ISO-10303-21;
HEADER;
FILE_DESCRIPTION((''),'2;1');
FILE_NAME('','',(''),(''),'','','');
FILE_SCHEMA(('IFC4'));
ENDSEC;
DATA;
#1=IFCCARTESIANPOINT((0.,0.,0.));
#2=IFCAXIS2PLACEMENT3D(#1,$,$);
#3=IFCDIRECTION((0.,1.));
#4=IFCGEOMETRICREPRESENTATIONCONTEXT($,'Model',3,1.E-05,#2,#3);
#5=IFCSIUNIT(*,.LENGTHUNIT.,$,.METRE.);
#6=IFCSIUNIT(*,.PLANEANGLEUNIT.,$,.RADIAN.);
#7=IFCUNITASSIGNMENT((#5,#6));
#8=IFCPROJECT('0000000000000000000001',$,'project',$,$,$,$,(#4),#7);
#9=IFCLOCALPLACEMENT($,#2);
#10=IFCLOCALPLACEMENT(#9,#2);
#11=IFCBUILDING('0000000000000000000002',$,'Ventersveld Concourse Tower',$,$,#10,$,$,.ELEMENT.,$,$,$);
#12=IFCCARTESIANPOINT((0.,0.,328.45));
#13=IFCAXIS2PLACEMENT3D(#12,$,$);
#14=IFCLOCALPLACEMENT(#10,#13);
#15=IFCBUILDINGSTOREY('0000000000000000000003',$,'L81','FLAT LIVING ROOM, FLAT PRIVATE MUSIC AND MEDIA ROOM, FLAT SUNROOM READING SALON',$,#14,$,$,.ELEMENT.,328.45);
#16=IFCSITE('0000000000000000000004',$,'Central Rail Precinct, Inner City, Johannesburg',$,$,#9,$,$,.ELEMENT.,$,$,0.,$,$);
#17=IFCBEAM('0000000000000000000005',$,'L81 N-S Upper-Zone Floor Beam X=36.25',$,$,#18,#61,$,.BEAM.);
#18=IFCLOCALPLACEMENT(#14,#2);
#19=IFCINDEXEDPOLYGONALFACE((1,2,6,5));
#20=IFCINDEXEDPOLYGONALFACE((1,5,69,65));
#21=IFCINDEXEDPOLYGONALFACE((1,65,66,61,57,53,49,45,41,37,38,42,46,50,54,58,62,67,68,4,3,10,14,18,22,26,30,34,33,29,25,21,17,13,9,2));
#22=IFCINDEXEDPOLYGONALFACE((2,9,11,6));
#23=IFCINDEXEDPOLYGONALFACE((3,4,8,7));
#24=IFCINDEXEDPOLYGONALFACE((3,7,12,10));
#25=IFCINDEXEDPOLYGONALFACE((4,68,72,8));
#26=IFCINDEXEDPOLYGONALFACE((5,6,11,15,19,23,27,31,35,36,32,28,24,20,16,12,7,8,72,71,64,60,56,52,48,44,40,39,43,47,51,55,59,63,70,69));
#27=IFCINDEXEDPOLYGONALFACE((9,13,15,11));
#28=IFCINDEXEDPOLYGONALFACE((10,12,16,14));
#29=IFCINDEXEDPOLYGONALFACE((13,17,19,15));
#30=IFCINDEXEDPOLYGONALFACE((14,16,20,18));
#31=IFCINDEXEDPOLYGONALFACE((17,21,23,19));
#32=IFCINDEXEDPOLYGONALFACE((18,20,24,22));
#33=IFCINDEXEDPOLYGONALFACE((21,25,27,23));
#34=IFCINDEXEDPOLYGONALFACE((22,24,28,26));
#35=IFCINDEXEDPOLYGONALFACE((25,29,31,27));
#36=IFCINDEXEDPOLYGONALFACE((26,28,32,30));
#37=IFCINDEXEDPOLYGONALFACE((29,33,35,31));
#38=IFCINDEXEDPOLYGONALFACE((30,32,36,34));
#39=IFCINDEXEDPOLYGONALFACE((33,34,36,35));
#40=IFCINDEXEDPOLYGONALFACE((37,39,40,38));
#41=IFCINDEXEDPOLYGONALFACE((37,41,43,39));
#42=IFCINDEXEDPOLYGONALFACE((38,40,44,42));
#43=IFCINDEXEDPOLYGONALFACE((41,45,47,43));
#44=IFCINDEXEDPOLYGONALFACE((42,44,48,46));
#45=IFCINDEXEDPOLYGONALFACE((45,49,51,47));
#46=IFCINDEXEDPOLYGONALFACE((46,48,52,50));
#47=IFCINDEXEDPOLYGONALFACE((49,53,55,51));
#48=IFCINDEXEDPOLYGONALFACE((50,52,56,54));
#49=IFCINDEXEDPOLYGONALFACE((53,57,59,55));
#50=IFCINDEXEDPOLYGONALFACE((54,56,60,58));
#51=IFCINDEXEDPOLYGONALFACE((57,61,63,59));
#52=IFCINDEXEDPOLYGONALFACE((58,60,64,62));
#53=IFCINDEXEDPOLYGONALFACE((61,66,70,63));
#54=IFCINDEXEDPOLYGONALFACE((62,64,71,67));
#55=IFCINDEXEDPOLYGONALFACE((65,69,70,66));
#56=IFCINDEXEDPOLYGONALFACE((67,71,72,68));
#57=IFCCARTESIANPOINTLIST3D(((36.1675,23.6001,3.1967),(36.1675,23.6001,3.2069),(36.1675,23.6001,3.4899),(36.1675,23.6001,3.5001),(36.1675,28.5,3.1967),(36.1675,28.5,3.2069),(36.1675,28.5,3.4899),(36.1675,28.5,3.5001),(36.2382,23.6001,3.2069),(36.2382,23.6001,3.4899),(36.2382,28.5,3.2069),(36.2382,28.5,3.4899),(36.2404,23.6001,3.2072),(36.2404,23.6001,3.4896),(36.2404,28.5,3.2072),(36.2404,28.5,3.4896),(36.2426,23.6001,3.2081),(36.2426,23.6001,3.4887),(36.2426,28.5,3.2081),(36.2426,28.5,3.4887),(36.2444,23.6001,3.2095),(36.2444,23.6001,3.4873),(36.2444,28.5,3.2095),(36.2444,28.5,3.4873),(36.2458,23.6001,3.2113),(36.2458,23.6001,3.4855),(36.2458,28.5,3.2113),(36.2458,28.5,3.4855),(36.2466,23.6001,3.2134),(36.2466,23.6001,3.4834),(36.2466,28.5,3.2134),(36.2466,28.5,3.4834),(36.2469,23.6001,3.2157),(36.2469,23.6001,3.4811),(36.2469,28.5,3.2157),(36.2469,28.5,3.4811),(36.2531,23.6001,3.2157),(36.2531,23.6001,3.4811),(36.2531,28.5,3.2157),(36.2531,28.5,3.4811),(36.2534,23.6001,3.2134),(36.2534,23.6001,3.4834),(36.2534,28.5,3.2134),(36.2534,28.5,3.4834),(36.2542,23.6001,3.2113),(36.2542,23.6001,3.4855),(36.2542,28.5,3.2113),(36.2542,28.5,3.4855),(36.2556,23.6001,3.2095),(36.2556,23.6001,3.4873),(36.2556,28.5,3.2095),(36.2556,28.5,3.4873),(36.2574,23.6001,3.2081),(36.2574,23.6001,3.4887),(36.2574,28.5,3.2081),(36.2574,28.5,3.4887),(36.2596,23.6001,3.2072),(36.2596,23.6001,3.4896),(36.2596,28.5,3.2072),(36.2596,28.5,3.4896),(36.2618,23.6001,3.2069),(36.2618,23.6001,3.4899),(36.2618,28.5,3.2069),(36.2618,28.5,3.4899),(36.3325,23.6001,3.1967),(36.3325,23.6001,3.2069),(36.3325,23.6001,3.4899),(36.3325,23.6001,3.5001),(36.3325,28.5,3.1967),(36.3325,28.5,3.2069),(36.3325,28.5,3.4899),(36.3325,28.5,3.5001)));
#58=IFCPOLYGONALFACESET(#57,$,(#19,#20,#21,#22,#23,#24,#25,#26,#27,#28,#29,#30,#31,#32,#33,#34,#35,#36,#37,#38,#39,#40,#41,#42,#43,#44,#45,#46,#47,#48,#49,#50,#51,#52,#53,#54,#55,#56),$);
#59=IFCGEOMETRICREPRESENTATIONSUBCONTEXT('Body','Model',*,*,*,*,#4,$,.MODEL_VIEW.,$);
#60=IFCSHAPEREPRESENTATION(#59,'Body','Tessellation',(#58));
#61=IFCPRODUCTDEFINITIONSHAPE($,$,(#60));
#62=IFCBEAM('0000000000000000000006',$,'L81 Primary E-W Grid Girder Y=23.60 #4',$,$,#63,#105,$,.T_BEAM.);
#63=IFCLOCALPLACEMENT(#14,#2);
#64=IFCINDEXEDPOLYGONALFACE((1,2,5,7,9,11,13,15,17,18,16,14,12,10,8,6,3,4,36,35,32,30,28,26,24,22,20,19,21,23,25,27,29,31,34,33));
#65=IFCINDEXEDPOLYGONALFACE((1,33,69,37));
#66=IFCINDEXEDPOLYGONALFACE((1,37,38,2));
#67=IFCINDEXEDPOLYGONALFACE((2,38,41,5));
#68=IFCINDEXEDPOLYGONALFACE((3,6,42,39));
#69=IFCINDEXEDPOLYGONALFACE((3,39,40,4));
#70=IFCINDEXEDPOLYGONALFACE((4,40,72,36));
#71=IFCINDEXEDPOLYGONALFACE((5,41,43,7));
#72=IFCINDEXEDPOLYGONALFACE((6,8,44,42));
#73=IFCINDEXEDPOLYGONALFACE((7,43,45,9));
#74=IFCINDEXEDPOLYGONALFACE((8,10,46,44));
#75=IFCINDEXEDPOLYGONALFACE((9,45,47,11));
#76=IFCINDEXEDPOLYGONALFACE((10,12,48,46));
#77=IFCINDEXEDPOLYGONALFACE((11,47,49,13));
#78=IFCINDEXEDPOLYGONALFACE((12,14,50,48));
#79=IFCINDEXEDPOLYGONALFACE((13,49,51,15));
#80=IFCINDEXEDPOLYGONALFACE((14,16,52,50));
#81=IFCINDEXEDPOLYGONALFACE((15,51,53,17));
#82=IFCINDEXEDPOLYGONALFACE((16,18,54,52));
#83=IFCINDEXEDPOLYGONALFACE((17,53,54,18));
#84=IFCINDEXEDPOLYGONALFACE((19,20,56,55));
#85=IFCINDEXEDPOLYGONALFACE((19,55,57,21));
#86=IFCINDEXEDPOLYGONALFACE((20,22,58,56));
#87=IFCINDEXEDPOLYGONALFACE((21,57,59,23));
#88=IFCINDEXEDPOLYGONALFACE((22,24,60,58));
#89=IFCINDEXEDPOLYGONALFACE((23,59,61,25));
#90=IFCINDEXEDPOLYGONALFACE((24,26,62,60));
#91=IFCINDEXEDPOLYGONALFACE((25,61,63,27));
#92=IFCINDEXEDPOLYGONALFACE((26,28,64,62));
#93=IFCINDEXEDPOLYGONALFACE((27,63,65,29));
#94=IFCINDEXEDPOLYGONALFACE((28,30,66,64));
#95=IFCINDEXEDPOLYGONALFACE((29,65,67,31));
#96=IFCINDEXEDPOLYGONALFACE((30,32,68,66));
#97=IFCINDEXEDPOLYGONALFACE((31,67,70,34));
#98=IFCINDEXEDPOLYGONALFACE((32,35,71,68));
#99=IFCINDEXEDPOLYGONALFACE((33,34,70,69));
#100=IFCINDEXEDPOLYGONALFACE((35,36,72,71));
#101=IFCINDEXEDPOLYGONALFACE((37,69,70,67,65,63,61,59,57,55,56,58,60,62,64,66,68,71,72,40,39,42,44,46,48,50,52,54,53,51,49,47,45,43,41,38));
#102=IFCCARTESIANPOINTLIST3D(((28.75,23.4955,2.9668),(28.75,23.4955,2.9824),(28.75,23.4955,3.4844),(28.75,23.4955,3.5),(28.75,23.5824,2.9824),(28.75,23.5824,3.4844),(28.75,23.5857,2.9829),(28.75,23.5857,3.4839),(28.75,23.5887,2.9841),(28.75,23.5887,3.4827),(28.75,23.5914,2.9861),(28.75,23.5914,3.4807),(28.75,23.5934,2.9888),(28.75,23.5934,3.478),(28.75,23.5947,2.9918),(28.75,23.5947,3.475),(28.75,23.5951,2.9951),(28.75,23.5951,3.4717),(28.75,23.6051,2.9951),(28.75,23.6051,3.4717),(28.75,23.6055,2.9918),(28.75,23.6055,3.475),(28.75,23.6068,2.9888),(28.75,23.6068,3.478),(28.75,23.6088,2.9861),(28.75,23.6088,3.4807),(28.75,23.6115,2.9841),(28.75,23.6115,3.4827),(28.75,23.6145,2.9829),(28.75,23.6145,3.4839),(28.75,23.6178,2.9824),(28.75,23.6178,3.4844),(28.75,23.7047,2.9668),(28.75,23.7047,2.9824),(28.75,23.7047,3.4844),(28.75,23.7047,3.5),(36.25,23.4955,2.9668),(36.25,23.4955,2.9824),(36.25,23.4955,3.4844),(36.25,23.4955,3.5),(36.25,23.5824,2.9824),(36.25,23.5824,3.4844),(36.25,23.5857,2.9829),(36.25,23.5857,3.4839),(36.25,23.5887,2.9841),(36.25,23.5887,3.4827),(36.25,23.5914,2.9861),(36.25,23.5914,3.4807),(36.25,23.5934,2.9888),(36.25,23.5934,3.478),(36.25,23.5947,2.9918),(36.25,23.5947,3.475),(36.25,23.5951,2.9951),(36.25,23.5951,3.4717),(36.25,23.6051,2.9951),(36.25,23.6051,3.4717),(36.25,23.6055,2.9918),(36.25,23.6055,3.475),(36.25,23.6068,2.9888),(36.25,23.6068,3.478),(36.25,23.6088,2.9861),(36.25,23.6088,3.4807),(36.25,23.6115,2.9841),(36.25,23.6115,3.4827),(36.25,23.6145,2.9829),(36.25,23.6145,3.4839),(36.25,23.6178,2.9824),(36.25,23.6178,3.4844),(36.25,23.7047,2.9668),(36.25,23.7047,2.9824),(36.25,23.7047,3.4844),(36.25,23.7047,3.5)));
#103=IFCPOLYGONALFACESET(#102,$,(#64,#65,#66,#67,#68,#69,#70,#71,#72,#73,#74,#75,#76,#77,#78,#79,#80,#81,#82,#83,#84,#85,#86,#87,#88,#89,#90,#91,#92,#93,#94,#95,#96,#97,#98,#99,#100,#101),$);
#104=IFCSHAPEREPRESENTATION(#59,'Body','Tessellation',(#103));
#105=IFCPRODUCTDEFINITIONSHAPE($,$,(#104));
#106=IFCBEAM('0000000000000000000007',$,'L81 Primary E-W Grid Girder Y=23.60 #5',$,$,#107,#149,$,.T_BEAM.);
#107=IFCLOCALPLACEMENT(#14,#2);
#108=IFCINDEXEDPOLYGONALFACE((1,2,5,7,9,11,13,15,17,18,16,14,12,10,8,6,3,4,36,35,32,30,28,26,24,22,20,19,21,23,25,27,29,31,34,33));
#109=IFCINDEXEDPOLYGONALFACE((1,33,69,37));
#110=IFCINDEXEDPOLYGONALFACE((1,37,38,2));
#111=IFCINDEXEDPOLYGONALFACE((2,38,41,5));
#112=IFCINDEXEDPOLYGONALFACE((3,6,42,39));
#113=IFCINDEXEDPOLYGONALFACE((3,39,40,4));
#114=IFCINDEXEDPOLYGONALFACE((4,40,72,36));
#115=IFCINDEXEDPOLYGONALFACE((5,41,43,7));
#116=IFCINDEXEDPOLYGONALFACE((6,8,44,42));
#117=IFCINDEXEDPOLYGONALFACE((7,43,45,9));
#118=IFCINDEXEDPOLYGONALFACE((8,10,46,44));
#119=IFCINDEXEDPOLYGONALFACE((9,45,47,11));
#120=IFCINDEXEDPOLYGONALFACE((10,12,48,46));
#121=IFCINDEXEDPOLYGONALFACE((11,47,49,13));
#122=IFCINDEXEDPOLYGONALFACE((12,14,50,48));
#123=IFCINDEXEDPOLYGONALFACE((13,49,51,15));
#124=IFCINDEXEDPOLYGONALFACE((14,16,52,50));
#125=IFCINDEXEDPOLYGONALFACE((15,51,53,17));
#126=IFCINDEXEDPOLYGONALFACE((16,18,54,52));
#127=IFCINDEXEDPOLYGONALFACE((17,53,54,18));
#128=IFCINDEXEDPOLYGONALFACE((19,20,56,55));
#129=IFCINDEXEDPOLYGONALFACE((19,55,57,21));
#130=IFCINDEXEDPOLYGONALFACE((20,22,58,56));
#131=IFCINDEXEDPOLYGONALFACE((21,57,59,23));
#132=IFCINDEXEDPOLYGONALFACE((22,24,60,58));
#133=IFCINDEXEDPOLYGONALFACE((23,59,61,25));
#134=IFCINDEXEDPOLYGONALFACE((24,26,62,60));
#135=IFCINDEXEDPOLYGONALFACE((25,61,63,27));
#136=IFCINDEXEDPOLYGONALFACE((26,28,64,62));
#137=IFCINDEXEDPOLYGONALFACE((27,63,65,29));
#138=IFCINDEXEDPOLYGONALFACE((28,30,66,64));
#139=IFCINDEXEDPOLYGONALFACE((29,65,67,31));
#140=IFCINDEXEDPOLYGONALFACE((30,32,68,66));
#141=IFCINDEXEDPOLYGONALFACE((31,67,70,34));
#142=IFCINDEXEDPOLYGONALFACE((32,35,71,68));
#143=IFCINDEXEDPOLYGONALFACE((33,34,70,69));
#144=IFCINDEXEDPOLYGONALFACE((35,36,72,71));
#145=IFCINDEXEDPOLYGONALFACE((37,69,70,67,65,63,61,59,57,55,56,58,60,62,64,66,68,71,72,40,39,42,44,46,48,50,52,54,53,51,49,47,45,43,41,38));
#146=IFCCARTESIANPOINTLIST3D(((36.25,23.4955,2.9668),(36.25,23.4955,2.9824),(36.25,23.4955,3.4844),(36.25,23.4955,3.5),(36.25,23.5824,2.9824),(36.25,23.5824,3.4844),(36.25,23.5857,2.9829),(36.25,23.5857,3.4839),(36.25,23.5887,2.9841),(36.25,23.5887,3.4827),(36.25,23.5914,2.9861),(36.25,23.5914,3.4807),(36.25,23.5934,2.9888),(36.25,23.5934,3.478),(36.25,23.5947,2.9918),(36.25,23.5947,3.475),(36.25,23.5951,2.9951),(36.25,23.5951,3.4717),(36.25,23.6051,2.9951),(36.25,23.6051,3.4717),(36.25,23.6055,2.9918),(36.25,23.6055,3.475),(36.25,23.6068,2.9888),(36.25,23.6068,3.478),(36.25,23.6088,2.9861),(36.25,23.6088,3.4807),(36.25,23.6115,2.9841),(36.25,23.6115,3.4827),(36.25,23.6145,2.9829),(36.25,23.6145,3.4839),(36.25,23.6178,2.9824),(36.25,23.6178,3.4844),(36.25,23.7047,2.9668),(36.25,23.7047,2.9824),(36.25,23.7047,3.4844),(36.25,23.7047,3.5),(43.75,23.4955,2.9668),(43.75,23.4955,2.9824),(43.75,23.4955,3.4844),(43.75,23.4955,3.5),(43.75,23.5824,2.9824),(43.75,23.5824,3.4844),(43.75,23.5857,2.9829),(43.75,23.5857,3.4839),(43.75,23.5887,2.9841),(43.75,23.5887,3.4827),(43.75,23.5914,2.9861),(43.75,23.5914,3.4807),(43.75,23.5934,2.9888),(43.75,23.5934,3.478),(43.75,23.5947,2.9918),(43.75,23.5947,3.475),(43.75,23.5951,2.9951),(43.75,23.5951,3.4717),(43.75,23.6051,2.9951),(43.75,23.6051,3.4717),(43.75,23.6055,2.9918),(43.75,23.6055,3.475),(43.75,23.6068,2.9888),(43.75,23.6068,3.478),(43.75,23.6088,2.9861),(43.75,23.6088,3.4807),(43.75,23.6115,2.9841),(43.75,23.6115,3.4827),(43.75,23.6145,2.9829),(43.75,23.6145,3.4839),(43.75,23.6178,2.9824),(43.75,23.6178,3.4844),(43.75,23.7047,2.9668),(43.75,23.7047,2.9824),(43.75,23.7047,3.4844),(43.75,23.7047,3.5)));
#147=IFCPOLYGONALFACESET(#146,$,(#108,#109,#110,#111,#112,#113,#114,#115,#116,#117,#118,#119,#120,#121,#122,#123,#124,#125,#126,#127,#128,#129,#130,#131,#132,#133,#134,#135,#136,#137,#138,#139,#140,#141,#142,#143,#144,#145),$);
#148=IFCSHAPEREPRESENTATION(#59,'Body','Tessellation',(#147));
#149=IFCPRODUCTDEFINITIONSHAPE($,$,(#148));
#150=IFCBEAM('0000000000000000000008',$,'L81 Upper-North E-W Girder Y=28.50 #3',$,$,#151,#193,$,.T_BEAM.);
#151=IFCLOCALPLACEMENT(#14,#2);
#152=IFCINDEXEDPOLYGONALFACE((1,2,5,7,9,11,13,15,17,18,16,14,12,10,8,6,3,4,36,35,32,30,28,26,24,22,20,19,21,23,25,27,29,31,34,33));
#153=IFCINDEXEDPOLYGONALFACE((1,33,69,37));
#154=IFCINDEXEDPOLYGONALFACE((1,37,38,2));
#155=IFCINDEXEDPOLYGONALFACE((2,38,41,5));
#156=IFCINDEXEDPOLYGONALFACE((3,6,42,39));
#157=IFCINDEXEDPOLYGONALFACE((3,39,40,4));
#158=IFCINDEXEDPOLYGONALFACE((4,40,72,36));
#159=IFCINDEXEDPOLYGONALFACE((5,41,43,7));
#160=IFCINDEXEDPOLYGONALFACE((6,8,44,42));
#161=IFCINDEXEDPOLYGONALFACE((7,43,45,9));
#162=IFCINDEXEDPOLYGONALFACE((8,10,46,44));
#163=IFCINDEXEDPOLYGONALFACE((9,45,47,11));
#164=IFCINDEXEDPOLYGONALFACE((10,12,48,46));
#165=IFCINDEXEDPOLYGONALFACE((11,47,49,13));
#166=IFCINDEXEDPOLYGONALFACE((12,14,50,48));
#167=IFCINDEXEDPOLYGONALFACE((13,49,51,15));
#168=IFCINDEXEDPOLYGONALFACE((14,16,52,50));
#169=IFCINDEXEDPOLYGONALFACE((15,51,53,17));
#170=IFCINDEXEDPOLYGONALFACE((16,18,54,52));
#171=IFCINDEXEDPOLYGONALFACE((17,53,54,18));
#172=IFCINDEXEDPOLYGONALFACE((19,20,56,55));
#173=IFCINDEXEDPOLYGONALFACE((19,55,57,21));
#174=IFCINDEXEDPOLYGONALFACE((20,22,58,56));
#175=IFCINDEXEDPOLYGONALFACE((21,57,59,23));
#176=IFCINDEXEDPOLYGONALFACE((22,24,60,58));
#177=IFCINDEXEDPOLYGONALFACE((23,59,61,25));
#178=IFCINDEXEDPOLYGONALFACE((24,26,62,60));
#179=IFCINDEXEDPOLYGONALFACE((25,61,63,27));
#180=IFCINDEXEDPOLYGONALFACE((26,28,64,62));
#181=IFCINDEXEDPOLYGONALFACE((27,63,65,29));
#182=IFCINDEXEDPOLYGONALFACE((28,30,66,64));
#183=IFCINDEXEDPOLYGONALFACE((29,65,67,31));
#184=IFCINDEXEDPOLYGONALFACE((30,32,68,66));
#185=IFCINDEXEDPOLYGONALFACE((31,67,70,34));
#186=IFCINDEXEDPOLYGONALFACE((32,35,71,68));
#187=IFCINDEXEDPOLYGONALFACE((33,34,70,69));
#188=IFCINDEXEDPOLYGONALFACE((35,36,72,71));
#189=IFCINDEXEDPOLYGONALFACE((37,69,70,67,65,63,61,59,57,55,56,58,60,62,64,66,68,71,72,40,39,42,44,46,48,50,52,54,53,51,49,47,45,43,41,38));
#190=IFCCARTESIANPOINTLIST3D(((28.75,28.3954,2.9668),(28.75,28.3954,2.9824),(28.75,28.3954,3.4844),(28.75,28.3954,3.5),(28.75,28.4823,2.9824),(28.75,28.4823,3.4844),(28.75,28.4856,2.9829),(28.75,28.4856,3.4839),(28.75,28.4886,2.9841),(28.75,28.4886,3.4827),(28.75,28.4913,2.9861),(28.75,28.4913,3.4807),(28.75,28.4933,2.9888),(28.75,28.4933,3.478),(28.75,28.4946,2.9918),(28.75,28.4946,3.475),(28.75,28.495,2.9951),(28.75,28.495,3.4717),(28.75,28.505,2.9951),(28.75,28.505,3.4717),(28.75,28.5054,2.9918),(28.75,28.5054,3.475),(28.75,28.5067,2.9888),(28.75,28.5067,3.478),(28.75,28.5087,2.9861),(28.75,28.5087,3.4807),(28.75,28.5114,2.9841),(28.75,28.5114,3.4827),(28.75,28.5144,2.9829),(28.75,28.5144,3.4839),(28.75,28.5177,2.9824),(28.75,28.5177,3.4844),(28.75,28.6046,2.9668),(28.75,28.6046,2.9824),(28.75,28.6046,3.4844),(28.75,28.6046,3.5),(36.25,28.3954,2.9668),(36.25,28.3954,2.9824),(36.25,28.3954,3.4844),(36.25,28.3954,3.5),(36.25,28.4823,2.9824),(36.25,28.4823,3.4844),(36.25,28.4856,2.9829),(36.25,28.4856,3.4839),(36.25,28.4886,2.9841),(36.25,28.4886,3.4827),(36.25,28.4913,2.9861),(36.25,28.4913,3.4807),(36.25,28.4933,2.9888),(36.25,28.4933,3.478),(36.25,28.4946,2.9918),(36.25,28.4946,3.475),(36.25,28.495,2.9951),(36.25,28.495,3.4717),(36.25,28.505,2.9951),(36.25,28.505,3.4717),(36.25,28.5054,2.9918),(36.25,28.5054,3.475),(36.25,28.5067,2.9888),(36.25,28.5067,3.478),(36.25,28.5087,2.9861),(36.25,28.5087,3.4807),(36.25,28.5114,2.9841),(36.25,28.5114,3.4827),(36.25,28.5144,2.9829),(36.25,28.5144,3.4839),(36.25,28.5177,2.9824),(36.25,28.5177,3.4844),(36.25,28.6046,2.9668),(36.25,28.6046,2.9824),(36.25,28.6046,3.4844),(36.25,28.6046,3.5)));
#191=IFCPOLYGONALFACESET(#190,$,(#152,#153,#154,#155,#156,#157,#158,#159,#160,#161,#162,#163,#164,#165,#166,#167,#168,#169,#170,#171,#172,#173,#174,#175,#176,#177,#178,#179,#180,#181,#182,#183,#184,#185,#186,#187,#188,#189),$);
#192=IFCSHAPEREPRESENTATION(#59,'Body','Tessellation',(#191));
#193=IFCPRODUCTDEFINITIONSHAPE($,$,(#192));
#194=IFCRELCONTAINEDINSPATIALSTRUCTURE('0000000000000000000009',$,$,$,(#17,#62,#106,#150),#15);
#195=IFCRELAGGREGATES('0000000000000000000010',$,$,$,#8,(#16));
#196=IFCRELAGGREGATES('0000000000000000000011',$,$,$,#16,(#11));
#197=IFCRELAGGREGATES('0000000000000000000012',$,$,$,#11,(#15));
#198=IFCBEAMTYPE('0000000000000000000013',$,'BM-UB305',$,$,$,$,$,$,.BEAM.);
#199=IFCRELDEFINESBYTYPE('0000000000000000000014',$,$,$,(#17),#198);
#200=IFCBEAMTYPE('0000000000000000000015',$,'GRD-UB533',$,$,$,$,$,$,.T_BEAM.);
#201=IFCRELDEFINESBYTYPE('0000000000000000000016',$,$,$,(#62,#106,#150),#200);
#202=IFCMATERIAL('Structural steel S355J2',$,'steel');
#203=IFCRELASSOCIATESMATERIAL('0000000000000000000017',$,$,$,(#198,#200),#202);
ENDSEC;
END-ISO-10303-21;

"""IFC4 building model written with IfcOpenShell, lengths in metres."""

from ifc_helpers import new_model, si_unit, direction, frame, origin, origin_2d, place, context, subcontext, project, spatial, i_section, extrude, material, material_profile, profile_set, type_object, element, save


model = new_model("IFC4")

# Units and contexts
model_context = context("Model", 3, precision=1e-05, world=origin(), true_north=direction((0.0, 1.0)))
body_context = subcontext(model_context, "Body", "Model", "MODEL_VIEW")
ifc_project = project(units=[si_unit("LENGTHUNIT", "METRE"), si_unit("PLANEANGLEUNIT", "RADIAN")], contexts=[model_context])

# Site, building, storey
site_placement = place(None, origin())
site = spatial("IfcSite", under=ifc_project, at=site_placement, Name="Central Rail Precinct, Inner City, Johannesburg", CompositionType="ELEMENT", RefElevation=0.0)
building_placement = place(site_placement, origin())
building = spatial("IfcBuilding", under=site, at=building_placement, Name="Ventersveld Concourse Tower", CompositionType="ELEMENT")
storey_placement = place(building_placement, frame((0.0, 0.0, 328.45)))
storey = spatial("IfcBuildingStorey", under=building, at=storey_placement, Name="L81", Description="FLAT LIVING ROOM, FLAT PRIVATE MUSIC AND MEDIA ROOM, FLAT SUNROOM READING SALON", CompositionType="ELEMENT", Elevation=328.45)

# Shared definitions
ifc_material_1 = material(Name="Structural steel S355J2", Category="steel")

# Beams
ifc_material_profile_1 = material_profile(ifc_material_1, i_section(OverallWidth=0.165, OverallDepth=0.3035, WebThickness=0.0061, FlangeThickness=0.0103, FilletRadius=0.0088, at=origin_2d()), Name="UB 305x165x40")
ifc_profile_set_1 = profile_set([ifc_material_profile_1], Name="Structural steel S355J2")
beam_type_1 = type_object("IfcBeamType", Name="BM-UB305", PredefinedType="BEAM", material=ifc_profile_set_1)
beam_1_placement = place(storey_placement, frame((36.25, 23.6001, 3.3484), z_axis=(0.0, 1.0, 0.0), x_axis=(-1.0, 0.0, 0.0)))
element("IfcBeam", 1, at=beam_1_placement, inside=storey, type_object=beam_type_1, Name="L81 N-S Upper-Zone Floor Beam X=36.25", PredefinedType="BEAM", context=body_context, shape_type="SweptSolid", body=[
    extrude(i_section(OverallWidth=0.165, OverallDepth=0.3035, WebThickness=0.0061, FlangeThickness=0.0103, FilletRadius=0.0088, at=origin_2d()), origin(), (0.0, 0.0, 1.0), 4.8999),
])
ifc_material_profile_2 = material_profile(ifc_material_1, i_section(OverallWidth=0.2092, OverallDepth=0.5332, WebThickness=0.01, FlangeThickness=0.0156, FilletRadius=0.0127, at=origin_2d()), Name="UB 533x210x92")
ifc_profile_set_2 = profile_set([ifc_material_profile_2], Name="Structural steel S355J2")
beam_type_2 = type_object("IfcBeamType", Name="GRD-UB533", PredefinedType="T_BEAM", material=ifc_profile_set_2)
for number, where, z_axis, x_axis, name in (
    (2, (28.75, 23.6001, 3.2334), (1.0, 0.0, 0.0), (0.0, 1.0, 0.0), "L81 Primary E-W Grid Girder Y=23.60 #4"),
    (3, (36.25, 23.6001, 3.2334), (1.0, 0.0, 0.0), (0.0, 1.0, 0.0), "L81 Primary E-W Grid Girder Y=23.60 #5"),
    (4, (28.75, 28.5, 3.2334), (1.0, 0.0, 0.0), (0.0, 1.0, 0.0), "L81 Upper-North E-W Girder Y=28.50 #3"),
):
    element("IfcBeam", number, at=place(storey_placement, frame(where, z_axis=z_axis, x_axis=x_axis)), inside=storey, type_object=beam_type_2, Name=name, PredefinedType="T_BEAM", context=body_context, shape_type="SweptSolid", body=[
        extrude(i_section(OverallWidth=0.2092, OverallDepth=0.5332, WebThickness=0.01, FlangeThickness=0.0156, FilletRadius=0.0127, at=origin_2d()), origin(), (0.0, 0.0, 1.0), 7.5),
    ])

save(model, "model.ifc")
